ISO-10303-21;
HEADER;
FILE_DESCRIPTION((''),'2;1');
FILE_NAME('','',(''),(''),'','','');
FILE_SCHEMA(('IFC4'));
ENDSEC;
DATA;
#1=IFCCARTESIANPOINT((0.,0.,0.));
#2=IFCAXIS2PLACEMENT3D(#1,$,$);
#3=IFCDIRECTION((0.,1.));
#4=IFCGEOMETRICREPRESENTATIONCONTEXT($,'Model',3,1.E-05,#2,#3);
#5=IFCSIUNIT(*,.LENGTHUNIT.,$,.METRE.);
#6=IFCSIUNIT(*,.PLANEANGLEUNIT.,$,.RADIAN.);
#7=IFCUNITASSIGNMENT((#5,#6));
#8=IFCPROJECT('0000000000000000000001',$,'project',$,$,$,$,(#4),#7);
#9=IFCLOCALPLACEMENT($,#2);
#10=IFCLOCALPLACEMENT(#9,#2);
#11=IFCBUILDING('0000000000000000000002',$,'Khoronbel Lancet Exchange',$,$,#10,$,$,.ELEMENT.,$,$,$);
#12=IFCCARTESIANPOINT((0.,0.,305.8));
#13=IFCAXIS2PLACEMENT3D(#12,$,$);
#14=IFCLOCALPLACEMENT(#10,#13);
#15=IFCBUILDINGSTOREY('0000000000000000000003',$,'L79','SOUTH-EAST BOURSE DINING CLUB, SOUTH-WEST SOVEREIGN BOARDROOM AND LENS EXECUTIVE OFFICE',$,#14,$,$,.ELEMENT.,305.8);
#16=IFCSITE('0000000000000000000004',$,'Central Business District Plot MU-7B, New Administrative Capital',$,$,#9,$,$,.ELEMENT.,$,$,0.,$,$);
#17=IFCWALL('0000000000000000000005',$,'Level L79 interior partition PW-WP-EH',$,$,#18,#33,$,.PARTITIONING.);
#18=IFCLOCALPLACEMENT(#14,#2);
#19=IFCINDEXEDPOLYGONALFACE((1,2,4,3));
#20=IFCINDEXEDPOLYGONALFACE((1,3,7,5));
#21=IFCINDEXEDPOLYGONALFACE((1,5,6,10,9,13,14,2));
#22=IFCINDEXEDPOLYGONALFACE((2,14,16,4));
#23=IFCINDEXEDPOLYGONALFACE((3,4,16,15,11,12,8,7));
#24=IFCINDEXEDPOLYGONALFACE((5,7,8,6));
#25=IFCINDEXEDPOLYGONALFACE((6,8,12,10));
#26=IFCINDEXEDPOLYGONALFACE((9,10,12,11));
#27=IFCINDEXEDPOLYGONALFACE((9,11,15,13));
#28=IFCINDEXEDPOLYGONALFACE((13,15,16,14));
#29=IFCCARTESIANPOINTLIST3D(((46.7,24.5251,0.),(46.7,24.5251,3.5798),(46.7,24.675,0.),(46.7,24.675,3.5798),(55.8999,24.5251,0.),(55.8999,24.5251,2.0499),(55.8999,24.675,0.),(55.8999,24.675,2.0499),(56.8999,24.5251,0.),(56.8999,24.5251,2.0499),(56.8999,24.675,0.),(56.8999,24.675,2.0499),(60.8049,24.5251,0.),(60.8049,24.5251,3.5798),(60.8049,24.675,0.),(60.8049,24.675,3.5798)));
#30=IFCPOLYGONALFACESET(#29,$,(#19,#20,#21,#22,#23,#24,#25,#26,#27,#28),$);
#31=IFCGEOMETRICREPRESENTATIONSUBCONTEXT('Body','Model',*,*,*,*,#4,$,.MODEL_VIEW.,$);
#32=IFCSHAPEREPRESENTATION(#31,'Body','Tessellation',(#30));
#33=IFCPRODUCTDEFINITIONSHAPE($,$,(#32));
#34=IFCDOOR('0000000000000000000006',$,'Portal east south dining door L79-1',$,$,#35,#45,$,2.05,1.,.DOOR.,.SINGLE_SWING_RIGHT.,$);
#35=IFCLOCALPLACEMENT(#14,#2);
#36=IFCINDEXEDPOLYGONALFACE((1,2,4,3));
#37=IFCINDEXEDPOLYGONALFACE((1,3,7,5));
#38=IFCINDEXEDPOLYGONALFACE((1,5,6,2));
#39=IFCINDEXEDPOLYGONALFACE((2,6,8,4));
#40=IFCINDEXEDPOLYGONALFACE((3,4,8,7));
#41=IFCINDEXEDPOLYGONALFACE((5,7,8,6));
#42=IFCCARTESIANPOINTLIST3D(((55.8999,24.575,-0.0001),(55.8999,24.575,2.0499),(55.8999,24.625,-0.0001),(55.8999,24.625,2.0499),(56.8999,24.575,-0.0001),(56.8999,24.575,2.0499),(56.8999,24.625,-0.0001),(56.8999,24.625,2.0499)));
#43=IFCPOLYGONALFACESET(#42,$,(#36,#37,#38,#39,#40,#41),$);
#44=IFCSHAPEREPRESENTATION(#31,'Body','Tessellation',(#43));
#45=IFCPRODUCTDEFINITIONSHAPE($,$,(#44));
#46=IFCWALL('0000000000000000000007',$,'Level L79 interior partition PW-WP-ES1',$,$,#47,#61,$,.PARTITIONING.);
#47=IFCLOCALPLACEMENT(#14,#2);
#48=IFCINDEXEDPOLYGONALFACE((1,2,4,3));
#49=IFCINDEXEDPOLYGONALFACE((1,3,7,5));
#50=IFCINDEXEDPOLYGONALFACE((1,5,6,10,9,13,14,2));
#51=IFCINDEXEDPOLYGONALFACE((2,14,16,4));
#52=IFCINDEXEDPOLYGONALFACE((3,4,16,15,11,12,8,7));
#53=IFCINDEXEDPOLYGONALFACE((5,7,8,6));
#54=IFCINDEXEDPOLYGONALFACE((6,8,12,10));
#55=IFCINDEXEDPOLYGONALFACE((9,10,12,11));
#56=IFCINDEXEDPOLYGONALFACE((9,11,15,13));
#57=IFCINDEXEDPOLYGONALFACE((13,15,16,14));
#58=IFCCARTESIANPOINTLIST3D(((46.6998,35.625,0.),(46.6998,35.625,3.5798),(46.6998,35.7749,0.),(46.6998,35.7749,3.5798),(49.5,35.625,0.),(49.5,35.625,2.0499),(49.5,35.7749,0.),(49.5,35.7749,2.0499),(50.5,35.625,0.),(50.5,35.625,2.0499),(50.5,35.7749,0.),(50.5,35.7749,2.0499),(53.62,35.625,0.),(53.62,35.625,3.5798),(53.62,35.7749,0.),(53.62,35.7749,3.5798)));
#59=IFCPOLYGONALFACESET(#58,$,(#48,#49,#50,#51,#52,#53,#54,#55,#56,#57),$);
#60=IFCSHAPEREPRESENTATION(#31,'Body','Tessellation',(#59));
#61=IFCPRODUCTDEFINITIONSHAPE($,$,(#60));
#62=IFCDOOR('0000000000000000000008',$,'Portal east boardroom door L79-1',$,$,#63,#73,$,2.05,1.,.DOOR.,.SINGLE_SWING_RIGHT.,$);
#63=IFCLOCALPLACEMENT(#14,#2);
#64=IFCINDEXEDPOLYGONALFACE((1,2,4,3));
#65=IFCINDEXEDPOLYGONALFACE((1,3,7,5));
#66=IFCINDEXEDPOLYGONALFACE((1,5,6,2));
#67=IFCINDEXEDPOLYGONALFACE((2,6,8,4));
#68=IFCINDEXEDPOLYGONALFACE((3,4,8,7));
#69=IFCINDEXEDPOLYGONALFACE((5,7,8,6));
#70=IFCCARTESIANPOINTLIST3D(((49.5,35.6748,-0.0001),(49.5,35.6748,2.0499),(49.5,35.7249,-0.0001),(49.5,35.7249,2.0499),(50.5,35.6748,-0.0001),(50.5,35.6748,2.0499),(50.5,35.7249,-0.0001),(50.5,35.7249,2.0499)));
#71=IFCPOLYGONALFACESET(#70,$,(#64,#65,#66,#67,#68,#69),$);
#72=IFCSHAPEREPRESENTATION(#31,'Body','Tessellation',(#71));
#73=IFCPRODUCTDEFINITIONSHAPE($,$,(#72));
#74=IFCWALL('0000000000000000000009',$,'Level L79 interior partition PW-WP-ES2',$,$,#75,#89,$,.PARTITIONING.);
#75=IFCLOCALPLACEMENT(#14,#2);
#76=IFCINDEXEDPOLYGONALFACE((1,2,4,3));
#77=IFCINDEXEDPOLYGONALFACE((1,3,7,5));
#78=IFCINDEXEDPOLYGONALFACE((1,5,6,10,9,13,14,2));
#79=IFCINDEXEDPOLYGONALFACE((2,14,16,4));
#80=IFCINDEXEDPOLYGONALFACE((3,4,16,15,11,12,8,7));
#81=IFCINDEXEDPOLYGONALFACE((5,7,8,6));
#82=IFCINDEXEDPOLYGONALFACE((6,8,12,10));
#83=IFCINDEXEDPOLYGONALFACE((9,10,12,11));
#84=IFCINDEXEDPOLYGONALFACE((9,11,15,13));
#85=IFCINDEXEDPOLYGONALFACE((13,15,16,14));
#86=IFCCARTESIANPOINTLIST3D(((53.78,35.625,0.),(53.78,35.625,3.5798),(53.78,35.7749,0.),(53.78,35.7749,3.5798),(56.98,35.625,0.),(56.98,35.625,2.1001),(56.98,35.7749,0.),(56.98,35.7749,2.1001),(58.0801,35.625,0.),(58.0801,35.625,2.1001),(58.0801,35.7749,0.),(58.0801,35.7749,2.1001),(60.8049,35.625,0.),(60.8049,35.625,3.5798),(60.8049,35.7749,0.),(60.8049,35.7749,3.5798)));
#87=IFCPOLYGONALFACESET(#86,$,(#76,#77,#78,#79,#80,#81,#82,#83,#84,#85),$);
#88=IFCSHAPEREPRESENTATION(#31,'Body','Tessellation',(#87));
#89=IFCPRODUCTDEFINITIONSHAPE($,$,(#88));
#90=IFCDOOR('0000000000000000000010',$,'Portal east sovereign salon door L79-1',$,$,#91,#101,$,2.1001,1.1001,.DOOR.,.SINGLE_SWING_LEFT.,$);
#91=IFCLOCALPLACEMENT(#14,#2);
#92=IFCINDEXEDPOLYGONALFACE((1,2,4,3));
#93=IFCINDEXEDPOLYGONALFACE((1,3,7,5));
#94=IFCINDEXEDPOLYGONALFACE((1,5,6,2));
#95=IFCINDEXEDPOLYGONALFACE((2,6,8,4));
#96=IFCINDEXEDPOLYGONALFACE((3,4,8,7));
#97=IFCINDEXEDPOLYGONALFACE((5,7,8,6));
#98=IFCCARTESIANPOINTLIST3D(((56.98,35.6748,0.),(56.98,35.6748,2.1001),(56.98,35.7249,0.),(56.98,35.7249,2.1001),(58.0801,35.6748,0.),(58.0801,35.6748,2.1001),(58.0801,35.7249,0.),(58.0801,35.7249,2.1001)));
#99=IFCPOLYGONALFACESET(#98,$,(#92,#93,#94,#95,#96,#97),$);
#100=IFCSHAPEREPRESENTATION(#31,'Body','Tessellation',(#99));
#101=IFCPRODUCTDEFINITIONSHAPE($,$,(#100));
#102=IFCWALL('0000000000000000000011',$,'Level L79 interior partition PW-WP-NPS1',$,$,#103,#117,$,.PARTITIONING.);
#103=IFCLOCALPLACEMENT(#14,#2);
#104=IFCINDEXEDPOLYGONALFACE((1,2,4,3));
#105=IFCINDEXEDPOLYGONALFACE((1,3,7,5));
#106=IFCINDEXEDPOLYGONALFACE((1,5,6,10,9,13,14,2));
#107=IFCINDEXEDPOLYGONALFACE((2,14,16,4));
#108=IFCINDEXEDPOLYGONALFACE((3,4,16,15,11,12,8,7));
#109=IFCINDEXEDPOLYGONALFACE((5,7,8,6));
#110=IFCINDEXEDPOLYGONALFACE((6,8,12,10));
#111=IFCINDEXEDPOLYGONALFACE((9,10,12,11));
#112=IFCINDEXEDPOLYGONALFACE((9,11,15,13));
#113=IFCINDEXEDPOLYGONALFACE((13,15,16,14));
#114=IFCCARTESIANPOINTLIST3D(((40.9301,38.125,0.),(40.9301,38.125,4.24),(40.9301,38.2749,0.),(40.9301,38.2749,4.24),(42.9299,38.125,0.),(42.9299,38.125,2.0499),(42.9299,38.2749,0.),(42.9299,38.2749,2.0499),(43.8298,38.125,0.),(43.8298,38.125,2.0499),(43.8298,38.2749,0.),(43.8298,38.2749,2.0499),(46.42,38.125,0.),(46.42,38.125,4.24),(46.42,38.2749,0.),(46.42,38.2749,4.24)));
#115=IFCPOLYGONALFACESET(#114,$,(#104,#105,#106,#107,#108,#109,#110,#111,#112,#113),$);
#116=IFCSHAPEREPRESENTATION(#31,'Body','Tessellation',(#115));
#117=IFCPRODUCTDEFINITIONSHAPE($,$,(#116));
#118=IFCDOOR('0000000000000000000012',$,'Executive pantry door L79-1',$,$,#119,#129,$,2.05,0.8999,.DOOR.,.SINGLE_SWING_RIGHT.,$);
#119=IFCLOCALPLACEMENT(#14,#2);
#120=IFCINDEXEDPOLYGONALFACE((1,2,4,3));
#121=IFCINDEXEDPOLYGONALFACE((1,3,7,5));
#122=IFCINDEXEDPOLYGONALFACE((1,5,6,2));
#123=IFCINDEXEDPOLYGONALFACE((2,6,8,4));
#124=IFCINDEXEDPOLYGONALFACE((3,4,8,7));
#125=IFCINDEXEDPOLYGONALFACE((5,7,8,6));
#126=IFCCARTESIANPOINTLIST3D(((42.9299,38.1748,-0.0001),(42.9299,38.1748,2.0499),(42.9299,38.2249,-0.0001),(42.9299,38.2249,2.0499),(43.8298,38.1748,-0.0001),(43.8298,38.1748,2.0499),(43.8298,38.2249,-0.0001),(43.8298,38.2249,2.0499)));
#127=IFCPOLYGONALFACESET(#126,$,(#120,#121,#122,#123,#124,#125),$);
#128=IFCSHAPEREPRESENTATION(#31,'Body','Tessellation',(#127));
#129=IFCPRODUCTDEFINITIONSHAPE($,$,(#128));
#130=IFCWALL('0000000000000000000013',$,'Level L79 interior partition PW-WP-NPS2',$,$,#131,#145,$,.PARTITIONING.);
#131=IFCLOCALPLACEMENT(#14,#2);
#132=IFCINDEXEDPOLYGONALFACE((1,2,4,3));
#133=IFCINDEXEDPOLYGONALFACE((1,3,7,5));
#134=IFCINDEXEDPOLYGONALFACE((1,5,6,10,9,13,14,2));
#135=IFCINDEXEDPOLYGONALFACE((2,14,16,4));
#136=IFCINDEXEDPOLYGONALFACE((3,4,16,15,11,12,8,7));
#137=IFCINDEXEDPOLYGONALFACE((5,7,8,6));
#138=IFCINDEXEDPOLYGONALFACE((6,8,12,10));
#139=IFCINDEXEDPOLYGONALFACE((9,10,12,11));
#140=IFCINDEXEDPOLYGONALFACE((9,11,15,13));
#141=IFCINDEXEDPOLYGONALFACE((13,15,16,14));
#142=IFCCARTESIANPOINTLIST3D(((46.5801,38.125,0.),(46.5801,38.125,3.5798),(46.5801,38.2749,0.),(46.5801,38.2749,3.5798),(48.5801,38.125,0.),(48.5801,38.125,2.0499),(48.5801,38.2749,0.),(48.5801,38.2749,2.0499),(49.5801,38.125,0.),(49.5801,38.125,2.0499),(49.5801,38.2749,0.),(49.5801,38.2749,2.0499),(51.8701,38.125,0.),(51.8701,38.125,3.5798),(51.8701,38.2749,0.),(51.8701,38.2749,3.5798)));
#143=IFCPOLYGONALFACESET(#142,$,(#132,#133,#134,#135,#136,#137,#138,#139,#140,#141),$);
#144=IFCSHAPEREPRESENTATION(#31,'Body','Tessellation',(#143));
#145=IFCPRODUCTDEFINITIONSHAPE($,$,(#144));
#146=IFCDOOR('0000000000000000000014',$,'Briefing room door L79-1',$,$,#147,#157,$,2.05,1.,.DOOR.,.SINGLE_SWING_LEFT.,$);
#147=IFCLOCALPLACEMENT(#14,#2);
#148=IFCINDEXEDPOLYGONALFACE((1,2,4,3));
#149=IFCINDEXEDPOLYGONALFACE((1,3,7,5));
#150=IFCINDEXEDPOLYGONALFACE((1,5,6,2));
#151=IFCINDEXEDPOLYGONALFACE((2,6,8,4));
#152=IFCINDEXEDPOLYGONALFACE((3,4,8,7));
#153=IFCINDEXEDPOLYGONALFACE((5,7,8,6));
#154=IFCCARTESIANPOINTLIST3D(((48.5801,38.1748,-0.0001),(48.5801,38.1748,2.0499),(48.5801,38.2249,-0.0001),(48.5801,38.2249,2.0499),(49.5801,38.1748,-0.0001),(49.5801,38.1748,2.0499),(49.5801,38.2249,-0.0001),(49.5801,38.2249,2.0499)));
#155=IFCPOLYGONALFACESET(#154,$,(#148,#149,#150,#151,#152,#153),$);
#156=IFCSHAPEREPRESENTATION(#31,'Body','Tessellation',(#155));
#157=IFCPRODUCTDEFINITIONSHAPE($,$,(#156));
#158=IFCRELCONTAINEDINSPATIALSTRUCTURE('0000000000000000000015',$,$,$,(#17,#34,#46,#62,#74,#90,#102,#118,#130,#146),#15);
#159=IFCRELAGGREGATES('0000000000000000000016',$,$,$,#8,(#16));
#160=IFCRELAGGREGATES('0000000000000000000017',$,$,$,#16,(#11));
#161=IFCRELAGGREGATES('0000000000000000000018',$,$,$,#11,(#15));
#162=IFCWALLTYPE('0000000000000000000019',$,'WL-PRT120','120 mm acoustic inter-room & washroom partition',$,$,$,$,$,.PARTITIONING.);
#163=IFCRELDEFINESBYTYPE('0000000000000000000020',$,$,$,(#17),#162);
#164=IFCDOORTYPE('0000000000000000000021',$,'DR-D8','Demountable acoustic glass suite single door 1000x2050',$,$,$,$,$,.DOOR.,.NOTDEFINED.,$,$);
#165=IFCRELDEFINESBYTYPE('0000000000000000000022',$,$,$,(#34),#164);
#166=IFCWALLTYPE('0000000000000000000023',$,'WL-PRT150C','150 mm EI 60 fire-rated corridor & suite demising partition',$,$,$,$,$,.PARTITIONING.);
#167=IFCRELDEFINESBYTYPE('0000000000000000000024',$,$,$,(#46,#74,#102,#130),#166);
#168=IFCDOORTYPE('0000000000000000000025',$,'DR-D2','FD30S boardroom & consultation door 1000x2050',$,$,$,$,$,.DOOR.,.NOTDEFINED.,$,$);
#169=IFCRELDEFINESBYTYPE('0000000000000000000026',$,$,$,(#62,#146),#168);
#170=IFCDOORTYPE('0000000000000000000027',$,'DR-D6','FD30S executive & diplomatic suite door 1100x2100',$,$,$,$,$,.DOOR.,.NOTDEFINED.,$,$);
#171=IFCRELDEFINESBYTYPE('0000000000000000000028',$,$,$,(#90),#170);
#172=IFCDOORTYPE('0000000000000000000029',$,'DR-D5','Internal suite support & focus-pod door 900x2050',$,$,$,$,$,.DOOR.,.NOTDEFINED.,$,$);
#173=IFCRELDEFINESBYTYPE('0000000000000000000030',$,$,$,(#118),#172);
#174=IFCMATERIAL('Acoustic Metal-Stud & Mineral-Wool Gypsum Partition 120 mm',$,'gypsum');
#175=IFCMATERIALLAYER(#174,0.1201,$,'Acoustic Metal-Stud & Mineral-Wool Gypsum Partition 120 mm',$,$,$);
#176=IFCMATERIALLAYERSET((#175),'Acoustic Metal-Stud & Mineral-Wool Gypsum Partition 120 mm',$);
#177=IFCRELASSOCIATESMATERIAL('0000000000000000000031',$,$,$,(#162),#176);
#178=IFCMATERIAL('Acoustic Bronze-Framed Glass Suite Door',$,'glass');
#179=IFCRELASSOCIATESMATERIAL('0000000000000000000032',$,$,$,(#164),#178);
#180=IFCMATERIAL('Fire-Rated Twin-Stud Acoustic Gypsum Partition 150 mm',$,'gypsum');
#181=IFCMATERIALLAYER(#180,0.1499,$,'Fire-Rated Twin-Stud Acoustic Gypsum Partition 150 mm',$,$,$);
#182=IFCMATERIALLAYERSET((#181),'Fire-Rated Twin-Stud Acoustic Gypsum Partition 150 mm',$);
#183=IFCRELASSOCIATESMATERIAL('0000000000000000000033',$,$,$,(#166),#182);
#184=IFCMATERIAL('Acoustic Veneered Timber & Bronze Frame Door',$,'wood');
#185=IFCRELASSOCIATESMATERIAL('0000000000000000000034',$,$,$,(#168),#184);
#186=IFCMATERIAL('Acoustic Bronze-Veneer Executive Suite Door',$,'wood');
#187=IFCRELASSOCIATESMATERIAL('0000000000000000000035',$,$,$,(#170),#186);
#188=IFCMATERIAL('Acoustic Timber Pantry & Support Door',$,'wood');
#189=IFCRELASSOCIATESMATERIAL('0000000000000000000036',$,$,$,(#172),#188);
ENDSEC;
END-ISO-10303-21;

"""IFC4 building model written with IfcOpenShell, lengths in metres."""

from ifc_helpers import new_model, si_unit, direction, frame, frame_2d, origin, place, context, subcontext, project, spatial, rectangle, extrude, material, layer, layer_set, type_object, element, fill, save


model = new_model("IFC4")

# Units and contexts
model_context = context("Model", 3, precision=1e-05, world=origin(), true_north=direction((0.0, 1.0)))
body_context = subcontext(model_context, "Body", "Model", "MODEL_VIEW")
ifc_project = project(units=[si_unit("LENGTHUNIT", "METRE"), si_unit("PLANEANGLEUNIT", "RADIAN")], contexts=[model_context])

# Site, building, storey
site_placement = place(None, origin())
site = spatial("IfcSite", under=ifc_project, at=site_placement, Name="Central Business District Plot MU-7B, New Administrative Capital", CompositionType="ELEMENT", RefElevation=0.0)
building_placement = place(site_placement, origin())
building = spatial("IfcBuilding", under=site, at=building_placement, Name="Khoronbel Lancet Exchange", CompositionType="ELEMENT")
storey_placement = place(building_placement, frame((0.0, 0.0, 305.8)))
storey = spatial("IfcBuildingStorey", under=building, at=storey_placement, Name="L79", Description="SOUTH-EAST BOURSE DINING CLUB, SOUTH-WEST SOVEREIGN BOARDROOM AND LENS EXECUTIVE OFFICE", CompositionType="ELEMENT", Elevation=305.8)

# Shared definitions
ifc_material_1 = material(Name="Acoustic Metal-Stud & Mineral-Wool Gypsum Partition 120 mm", Category="gypsum")
ifc_layer_1 = layer(ifc_material_1, 0.1201, Name="Acoustic Metal-Stud & Mineral-Wool Gypsum Partition 120 mm")
ifc_layer_set_1 = layer_set([ifc_layer_1], Name="Acoustic Metal-Stud & Mineral-Wool Gypsum Partition 120 mm")
wall_type_1 = type_object("IfcWallType", Name="WL-PRT120", Description="120 mm acoustic inter-room & washroom partition", PredefinedType="PARTITIONING", material=ifc_layer_set_1)

# Walls, openings, doors
wall_1_placement = place(storey_placement, frame((46.7, 24.6001, 0.0), z_axis=(0.0, 0.0, 1.0), x_axis=(1.0, 0.0, 0.0)))
wall_1 = element("IfcWall", 1, at=wall_1_placement, inside=storey, type_object=wall_type_1, Name="Level L79 interior partition PW-WP-EH", PredefinedType="PARTITIONING", context=body_context, shape_type="SweptSolid", body=[
    extrude(rectangle(XDim=14.105, YDim=0.1499, at=frame_2d((7.0525, 0.0))), origin(), (0.0, 0.0, 1.0), 3.5798),
])
opening_1_placement = place(wall_1_placement, frame((9.2, 0.0, 0.0)))
opening_1 = element("IfcOpeningElement", 2, at=opening_1_placement, cuts=wall_1, PredefinedType="OPENING", context=body_context, shape_type="SweptSolid", body=[
    extrude(rectangle(XDim=1.0, YDim=2.05, at=frame_2d((0.5, 1.0249))), frame((0.0, 0.085, 0.0), z_axis=(0.0, -1.0, 0.0), x_axis=(1.0, 0.0, 0.0)), (0.0, 0.0, 1.0), 0.1699),
])
ifc_material_2 = material(Name="Acoustic Bronze-Framed Glass Suite Door", Category="glass")
door_type_1 = type_object("IfcDoorType", Name="DR-D8", Description="Demountable acoustic glass suite single door 1000x2050", OperationType="NOTDEFINED", PredefinedType="DOOR", material=ifc_material_2)
door_1_placement = place(opening_1_placement, origin())
door_1 = element("IfcDoor", 3, at=door_1_placement, inside=storey, type_object=door_type_1, Name="Portal east south dining door L79-1", OperationType="SINGLE_SWING_RIGHT", OverallHeight=2.05, OverallWidth=1.0, PredefinedType="DOOR", context=body_context, shape_type="SweptSolid", body=[
    extrude(rectangle(XDim=1.0, YDim=2.05, at=frame_2d((0.5, 1.0249))), frame((0.0, 0.0249, 0.0), z_axis=(0.0, -1.0, 0.0), x_axis=(1.0, 0.0, 0.0)), (0.0, 0.0, 1.0), 0.05),
])
fill(opening_1, door_1)
ifc_material_3 = material(Name="Fire-Rated Twin-Stud Acoustic Gypsum Partition 150 mm", Category="gypsum")
ifc_layer_2 = layer(ifc_material_3, 0.1499, Name="Fire-Rated Twin-Stud Acoustic Gypsum Partition 150 mm")
ifc_layer_set_2 = layer_set([ifc_layer_2], Name="Fire-Rated Twin-Stud Acoustic Gypsum Partition 150 mm")
wall_type_2 = type_object("IfcWallType", Name="WL-PRT150C", Description="150 mm EI 60 fire-rated corridor & suite demising partition", PredefinedType="PARTITIONING", material=ifc_layer_set_2)
wall_2_placement = place(storey_placement, frame((46.7, 35.7, 0.0), z_axis=(0.0, 0.0, 1.0), x_axis=(1.0, 0.0, 0.0)))
wall_2 = element("IfcWall", 4, at=wall_2_placement, inside=storey, type_object=wall_type_2, Name="Level L79 interior partition PW-WP-ES1", PredefinedType="PARTITIONING", context=body_context, shape_type="SweptSolid", body=[
    extrude(rectangle(XDim=6.9202, YDim=0.1499, at=frame_2d((3.46, 0.0))), origin(), (0.0, 0.0, 1.0), 3.5798),
])
opening_2_placement = place(wall_2_placement, frame((2.8, 0.0, 0.0)))
opening_2 = element("IfcOpeningElement", 5, at=opening_2_placement, cuts=wall_2, PredefinedType="OPENING", context=body_context, shape_type="SweptSolid", body=[
    extrude(rectangle(XDim=1.0, YDim=2.05, at=frame_2d((0.5, 1.0249))), frame((0.0, 0.085, 0.0), z_axis=(0.0, -1.0, 0.0), x_axis=(1.0, 0.0, 0.0)), (0.0, 0.0, 1.0), 0.1699),
])
ifc_material_4 = material(Name="Acoustic Veneered Timber & Bronze Frame Door", Category="wood")
door_type_2 = type_object("IfcDoorType", Name="DR-D2", Description="FD30S boardroom & consultation door 1000x2050", OperationType="NOTDEFINED", PredefinedType="DOOR", material=ifc_material_4)
door_2_placement = place(opening_2_placement, origin())
door_2 = element("IfcDoor", 6, at=door_2_placement, inside=storey, type_object=door_type_2, Name="Portal east boardroom door L79-1", OperationType="SINGLE_SWING_RIGHT", OverallHeight=2.05, OverallWidth=1.0, PredefinedType="DOOR", context=body_context, shape_type="SweptSolid", body=[
    extrude(rectangle(XDim=1.0, YDim=2.05, at=frame_2d((0.5, 1.0249))), frame((0.0, 0.0249, 0.0), z_axis=(0.0, -1.0, 0.0), x_axis=(1.0, 0.0, 0.0)), (0.0, 0.0, 1.0), 0.05),
])
fill(opening_2, door_2)
wall_3_placement = place(storey_placement, frame((53.78, 35.7, 0.0), z_axis=(0.0, 0.0, 1.0), x_axis=(1.0, 0.0, 0.0)))
wall_3 = element("IfcWall", 7, at=wall_3_placement, inside=storey, type_object=wall_type_2, Name="Level L79 interior partition PW-WP-ES2", PredefinedType="PARTITIONING", context=body_context, shape_type="SweptSolid", body=[
    extrude(rectangle(XDim=7.0249, YDim=0.1499, at=frame_2d((3.5125, 0.0))), origin(), (0.0, 0.0, 1.0), 3.5798),
])
opening_3_placement = place(wall_3_placement, frame((3.2, 0.0, 0.0)))
opening_3 = element("IfcOpeningElement", 8, at=opening_3_placement, cuts=wall_3, PredefinedType="OPENING", context=body_context, shape_type="SweptSolid", body=[
    extrude(rectangle(XDim=1.1001, YDim=2.1001, at=frame_2d((0.55, 1.05))), frame((0.0, 0.085, 0.0), z_axis=(0.0, -1.0, 0.0), x_axis=(1.0, 0.0, 0.0)), (0.0, 0.0, 1.0), 0.1699),
])
ifc_material_5 = material(Name="Acoustic Bronze-Veneer Executive Suite Door", Category="wood")
door_type_3 = type_object("IfcDoorType", Name="DR-D6", Description="FD30S executive & diplomatic suite door 1100x2100", OperationType="NOTDEFINED", PredefinedType="DOOR", material=ifc_material_5)
door_3_placement = place(opening_3_placement, origin())
door_3 = element("IfcDoor", 9, at=door_3_placement, inside=storey, type_object=door_type_3, Name="Portal east sovereign salon door L79-1", OperationType="SINGLE_SWING_LEFT", OverallHeight=2.1001, OverallWidth=1.1001, PredefinedType="DOOR", context=body_context, shape_type="SweptSolid", body=[
    extrude(rectangle(XDim=1.1001, YDim=2.1001, at=frame_2d((0.55, 1.05))), frame((0.0, 0.0249, 0.0), z_axis=(0.0, -1.0, 0.0), x_axis=(1.0, 0.0, 0.0)), (0.0, 0.0, 1.0), 0.05),
])
fill(opening_3, door_3)
wall_4_placement = place(storey_placement, frame((40.9299, 38.2, 0.0), z_axis=(0.0, 0.0, 1.0), x_axis=(1.0, 0.0, 0.0)))
wall_4 = element("IfcWall", 10, at=wall_4_placement, inside=storey, type_object=wall_type_2, Name="Level L79 interior partition PW-WP-NPS1", PredefinedType="PARTITIONING", context=body_context, shape_type="SweptSolid", body=[
    extrude(rectangle(XDim=5.49, YDim=0.1499, at=frame_2d((2.7451, 0.0))), origin(), (0.0, 0.0, 1.0), 4.24),
])
opening_4_placement = place(wall_4_placement, frame((2.0, 0.0, 0.0)))
opening_4 = element("IfcOpeningElement", 11, at=opening_4_placement, cuts=wall_4, PredefinedType="OPENING", context=body_context, shape_type="SweptSolid", body=[
    extrude(rectangle(XDim=0.8999, YDim=2.05, at=frame_2d((0.45, 1.0249))), frame((0.0, 0.085, 0.0), z_axis=(0.0, -1.0, 0.0), x_axis=(1.0, 0.0, 0.0)), (0.0, 0.0, 1.0), 0.1699),
])
ifc_material_6 = material(Name="Acoustic Timber Pantry & Support Door", Category="wood")
door_type_4 = type_object("IfcDoorType", Name="DR-D5", Description="Internal suite support & focus-pod door 900x2050", OperationType="NOTDEFINED", PredefinedType="DOOR", material=ifc_material_6)
door_4_placement = place(opening_4_placement, origin())
door_4 = element("IfcDoor", 12, at=door_4_placement, inside=storey, type_object=door_type_4, Name="Executive pantry door L79-1", OperationType="SINGLE_SWING_RIGHT", OverallHeight=2.05, OverallWidth=0.8999, PredefinedType="DOOR", context=body_context, shape_type="SweptSolid", body=[
    extrude(rectangle(XDim=0.8999, YDim=2.05, at=frame_2d((0.45, 1.0249))), frame((0.0, 0.0249, 0.0), z_axis=(0.0, -1.0, 0.0), x_axis=(1.0, 0.0, 0.0)), (0.0, 0.0, 1.0), 0.05),
])
fill(opening_4, door_4)
wall_5_placement = place(storey_placement, frame((46.5801, 38.2, 0.0), z_axis=(0.0, 0.0, 1.0), x_axis=(1.0, 0.0, 0.0)))
wall_5 = element("IfcWall", 13, at=wall_5_placement, inside=storey, type_object=wall_type_2, Name="Level L79 interior partition PW-WP-NPS2", PredefinedType="PARTITIONING", context=body_context, shape_type="SweptSolid", body=[
    extrude(rectangle(XDim=5.29, YDim=0.1499, at=frame_2d((2.645, 0.0))), origin(), (0.0, 0.0, 1.0), 3.5798),
])
opening_5_placement = place(wall_5_placement, frame((2.0, 0.0, 0.0)))
opening_5 = element("IfcOpeningElement", 14, at=opening_5_placement, cuts=wall_5, PredefinedType="OPENING", context=body_context, shape_type="SweptSolid", body=[
    extrude(rectangle(XDim=1.0, YDim=2.05, at=frame_2d((0.5, 1.0249))), frame((0.0, 0.085, 0.0), z_axis=(0.0, -1.0, 0.0), x_axis=(1.0, 0.0, 0.0)), (0.0, 0.0, 1.0), 0.1699),
])
door_5_placement = place(opening_5_placement, origin())
door_5 = element("IfcDoor", 15, at=door_5_placement, inside=storey, type_object=door_type_2, Name="Briefing room door L79-1", OperationType="SINGLE_SWING_LEFT", OverallHeight=2.05, OverallWidth=1.0, PredefinedType="DOOR", context=body_context, shape_type="SweptSolid", body=[
    extrude(rectangle(XDim=1.0, YDim=2.05, at=frame_2d((0.5, 1.0249))), frame((0.0, 0.0249, 0.0), z_axis=(0.0, -1.0, 0.0), x_axis=(1.0, 0.0, 0.0)), (0.0, 0.0, 1.0), 0.05),
])
fill(opening_5, door_5)

save(model, "model.ifc")
